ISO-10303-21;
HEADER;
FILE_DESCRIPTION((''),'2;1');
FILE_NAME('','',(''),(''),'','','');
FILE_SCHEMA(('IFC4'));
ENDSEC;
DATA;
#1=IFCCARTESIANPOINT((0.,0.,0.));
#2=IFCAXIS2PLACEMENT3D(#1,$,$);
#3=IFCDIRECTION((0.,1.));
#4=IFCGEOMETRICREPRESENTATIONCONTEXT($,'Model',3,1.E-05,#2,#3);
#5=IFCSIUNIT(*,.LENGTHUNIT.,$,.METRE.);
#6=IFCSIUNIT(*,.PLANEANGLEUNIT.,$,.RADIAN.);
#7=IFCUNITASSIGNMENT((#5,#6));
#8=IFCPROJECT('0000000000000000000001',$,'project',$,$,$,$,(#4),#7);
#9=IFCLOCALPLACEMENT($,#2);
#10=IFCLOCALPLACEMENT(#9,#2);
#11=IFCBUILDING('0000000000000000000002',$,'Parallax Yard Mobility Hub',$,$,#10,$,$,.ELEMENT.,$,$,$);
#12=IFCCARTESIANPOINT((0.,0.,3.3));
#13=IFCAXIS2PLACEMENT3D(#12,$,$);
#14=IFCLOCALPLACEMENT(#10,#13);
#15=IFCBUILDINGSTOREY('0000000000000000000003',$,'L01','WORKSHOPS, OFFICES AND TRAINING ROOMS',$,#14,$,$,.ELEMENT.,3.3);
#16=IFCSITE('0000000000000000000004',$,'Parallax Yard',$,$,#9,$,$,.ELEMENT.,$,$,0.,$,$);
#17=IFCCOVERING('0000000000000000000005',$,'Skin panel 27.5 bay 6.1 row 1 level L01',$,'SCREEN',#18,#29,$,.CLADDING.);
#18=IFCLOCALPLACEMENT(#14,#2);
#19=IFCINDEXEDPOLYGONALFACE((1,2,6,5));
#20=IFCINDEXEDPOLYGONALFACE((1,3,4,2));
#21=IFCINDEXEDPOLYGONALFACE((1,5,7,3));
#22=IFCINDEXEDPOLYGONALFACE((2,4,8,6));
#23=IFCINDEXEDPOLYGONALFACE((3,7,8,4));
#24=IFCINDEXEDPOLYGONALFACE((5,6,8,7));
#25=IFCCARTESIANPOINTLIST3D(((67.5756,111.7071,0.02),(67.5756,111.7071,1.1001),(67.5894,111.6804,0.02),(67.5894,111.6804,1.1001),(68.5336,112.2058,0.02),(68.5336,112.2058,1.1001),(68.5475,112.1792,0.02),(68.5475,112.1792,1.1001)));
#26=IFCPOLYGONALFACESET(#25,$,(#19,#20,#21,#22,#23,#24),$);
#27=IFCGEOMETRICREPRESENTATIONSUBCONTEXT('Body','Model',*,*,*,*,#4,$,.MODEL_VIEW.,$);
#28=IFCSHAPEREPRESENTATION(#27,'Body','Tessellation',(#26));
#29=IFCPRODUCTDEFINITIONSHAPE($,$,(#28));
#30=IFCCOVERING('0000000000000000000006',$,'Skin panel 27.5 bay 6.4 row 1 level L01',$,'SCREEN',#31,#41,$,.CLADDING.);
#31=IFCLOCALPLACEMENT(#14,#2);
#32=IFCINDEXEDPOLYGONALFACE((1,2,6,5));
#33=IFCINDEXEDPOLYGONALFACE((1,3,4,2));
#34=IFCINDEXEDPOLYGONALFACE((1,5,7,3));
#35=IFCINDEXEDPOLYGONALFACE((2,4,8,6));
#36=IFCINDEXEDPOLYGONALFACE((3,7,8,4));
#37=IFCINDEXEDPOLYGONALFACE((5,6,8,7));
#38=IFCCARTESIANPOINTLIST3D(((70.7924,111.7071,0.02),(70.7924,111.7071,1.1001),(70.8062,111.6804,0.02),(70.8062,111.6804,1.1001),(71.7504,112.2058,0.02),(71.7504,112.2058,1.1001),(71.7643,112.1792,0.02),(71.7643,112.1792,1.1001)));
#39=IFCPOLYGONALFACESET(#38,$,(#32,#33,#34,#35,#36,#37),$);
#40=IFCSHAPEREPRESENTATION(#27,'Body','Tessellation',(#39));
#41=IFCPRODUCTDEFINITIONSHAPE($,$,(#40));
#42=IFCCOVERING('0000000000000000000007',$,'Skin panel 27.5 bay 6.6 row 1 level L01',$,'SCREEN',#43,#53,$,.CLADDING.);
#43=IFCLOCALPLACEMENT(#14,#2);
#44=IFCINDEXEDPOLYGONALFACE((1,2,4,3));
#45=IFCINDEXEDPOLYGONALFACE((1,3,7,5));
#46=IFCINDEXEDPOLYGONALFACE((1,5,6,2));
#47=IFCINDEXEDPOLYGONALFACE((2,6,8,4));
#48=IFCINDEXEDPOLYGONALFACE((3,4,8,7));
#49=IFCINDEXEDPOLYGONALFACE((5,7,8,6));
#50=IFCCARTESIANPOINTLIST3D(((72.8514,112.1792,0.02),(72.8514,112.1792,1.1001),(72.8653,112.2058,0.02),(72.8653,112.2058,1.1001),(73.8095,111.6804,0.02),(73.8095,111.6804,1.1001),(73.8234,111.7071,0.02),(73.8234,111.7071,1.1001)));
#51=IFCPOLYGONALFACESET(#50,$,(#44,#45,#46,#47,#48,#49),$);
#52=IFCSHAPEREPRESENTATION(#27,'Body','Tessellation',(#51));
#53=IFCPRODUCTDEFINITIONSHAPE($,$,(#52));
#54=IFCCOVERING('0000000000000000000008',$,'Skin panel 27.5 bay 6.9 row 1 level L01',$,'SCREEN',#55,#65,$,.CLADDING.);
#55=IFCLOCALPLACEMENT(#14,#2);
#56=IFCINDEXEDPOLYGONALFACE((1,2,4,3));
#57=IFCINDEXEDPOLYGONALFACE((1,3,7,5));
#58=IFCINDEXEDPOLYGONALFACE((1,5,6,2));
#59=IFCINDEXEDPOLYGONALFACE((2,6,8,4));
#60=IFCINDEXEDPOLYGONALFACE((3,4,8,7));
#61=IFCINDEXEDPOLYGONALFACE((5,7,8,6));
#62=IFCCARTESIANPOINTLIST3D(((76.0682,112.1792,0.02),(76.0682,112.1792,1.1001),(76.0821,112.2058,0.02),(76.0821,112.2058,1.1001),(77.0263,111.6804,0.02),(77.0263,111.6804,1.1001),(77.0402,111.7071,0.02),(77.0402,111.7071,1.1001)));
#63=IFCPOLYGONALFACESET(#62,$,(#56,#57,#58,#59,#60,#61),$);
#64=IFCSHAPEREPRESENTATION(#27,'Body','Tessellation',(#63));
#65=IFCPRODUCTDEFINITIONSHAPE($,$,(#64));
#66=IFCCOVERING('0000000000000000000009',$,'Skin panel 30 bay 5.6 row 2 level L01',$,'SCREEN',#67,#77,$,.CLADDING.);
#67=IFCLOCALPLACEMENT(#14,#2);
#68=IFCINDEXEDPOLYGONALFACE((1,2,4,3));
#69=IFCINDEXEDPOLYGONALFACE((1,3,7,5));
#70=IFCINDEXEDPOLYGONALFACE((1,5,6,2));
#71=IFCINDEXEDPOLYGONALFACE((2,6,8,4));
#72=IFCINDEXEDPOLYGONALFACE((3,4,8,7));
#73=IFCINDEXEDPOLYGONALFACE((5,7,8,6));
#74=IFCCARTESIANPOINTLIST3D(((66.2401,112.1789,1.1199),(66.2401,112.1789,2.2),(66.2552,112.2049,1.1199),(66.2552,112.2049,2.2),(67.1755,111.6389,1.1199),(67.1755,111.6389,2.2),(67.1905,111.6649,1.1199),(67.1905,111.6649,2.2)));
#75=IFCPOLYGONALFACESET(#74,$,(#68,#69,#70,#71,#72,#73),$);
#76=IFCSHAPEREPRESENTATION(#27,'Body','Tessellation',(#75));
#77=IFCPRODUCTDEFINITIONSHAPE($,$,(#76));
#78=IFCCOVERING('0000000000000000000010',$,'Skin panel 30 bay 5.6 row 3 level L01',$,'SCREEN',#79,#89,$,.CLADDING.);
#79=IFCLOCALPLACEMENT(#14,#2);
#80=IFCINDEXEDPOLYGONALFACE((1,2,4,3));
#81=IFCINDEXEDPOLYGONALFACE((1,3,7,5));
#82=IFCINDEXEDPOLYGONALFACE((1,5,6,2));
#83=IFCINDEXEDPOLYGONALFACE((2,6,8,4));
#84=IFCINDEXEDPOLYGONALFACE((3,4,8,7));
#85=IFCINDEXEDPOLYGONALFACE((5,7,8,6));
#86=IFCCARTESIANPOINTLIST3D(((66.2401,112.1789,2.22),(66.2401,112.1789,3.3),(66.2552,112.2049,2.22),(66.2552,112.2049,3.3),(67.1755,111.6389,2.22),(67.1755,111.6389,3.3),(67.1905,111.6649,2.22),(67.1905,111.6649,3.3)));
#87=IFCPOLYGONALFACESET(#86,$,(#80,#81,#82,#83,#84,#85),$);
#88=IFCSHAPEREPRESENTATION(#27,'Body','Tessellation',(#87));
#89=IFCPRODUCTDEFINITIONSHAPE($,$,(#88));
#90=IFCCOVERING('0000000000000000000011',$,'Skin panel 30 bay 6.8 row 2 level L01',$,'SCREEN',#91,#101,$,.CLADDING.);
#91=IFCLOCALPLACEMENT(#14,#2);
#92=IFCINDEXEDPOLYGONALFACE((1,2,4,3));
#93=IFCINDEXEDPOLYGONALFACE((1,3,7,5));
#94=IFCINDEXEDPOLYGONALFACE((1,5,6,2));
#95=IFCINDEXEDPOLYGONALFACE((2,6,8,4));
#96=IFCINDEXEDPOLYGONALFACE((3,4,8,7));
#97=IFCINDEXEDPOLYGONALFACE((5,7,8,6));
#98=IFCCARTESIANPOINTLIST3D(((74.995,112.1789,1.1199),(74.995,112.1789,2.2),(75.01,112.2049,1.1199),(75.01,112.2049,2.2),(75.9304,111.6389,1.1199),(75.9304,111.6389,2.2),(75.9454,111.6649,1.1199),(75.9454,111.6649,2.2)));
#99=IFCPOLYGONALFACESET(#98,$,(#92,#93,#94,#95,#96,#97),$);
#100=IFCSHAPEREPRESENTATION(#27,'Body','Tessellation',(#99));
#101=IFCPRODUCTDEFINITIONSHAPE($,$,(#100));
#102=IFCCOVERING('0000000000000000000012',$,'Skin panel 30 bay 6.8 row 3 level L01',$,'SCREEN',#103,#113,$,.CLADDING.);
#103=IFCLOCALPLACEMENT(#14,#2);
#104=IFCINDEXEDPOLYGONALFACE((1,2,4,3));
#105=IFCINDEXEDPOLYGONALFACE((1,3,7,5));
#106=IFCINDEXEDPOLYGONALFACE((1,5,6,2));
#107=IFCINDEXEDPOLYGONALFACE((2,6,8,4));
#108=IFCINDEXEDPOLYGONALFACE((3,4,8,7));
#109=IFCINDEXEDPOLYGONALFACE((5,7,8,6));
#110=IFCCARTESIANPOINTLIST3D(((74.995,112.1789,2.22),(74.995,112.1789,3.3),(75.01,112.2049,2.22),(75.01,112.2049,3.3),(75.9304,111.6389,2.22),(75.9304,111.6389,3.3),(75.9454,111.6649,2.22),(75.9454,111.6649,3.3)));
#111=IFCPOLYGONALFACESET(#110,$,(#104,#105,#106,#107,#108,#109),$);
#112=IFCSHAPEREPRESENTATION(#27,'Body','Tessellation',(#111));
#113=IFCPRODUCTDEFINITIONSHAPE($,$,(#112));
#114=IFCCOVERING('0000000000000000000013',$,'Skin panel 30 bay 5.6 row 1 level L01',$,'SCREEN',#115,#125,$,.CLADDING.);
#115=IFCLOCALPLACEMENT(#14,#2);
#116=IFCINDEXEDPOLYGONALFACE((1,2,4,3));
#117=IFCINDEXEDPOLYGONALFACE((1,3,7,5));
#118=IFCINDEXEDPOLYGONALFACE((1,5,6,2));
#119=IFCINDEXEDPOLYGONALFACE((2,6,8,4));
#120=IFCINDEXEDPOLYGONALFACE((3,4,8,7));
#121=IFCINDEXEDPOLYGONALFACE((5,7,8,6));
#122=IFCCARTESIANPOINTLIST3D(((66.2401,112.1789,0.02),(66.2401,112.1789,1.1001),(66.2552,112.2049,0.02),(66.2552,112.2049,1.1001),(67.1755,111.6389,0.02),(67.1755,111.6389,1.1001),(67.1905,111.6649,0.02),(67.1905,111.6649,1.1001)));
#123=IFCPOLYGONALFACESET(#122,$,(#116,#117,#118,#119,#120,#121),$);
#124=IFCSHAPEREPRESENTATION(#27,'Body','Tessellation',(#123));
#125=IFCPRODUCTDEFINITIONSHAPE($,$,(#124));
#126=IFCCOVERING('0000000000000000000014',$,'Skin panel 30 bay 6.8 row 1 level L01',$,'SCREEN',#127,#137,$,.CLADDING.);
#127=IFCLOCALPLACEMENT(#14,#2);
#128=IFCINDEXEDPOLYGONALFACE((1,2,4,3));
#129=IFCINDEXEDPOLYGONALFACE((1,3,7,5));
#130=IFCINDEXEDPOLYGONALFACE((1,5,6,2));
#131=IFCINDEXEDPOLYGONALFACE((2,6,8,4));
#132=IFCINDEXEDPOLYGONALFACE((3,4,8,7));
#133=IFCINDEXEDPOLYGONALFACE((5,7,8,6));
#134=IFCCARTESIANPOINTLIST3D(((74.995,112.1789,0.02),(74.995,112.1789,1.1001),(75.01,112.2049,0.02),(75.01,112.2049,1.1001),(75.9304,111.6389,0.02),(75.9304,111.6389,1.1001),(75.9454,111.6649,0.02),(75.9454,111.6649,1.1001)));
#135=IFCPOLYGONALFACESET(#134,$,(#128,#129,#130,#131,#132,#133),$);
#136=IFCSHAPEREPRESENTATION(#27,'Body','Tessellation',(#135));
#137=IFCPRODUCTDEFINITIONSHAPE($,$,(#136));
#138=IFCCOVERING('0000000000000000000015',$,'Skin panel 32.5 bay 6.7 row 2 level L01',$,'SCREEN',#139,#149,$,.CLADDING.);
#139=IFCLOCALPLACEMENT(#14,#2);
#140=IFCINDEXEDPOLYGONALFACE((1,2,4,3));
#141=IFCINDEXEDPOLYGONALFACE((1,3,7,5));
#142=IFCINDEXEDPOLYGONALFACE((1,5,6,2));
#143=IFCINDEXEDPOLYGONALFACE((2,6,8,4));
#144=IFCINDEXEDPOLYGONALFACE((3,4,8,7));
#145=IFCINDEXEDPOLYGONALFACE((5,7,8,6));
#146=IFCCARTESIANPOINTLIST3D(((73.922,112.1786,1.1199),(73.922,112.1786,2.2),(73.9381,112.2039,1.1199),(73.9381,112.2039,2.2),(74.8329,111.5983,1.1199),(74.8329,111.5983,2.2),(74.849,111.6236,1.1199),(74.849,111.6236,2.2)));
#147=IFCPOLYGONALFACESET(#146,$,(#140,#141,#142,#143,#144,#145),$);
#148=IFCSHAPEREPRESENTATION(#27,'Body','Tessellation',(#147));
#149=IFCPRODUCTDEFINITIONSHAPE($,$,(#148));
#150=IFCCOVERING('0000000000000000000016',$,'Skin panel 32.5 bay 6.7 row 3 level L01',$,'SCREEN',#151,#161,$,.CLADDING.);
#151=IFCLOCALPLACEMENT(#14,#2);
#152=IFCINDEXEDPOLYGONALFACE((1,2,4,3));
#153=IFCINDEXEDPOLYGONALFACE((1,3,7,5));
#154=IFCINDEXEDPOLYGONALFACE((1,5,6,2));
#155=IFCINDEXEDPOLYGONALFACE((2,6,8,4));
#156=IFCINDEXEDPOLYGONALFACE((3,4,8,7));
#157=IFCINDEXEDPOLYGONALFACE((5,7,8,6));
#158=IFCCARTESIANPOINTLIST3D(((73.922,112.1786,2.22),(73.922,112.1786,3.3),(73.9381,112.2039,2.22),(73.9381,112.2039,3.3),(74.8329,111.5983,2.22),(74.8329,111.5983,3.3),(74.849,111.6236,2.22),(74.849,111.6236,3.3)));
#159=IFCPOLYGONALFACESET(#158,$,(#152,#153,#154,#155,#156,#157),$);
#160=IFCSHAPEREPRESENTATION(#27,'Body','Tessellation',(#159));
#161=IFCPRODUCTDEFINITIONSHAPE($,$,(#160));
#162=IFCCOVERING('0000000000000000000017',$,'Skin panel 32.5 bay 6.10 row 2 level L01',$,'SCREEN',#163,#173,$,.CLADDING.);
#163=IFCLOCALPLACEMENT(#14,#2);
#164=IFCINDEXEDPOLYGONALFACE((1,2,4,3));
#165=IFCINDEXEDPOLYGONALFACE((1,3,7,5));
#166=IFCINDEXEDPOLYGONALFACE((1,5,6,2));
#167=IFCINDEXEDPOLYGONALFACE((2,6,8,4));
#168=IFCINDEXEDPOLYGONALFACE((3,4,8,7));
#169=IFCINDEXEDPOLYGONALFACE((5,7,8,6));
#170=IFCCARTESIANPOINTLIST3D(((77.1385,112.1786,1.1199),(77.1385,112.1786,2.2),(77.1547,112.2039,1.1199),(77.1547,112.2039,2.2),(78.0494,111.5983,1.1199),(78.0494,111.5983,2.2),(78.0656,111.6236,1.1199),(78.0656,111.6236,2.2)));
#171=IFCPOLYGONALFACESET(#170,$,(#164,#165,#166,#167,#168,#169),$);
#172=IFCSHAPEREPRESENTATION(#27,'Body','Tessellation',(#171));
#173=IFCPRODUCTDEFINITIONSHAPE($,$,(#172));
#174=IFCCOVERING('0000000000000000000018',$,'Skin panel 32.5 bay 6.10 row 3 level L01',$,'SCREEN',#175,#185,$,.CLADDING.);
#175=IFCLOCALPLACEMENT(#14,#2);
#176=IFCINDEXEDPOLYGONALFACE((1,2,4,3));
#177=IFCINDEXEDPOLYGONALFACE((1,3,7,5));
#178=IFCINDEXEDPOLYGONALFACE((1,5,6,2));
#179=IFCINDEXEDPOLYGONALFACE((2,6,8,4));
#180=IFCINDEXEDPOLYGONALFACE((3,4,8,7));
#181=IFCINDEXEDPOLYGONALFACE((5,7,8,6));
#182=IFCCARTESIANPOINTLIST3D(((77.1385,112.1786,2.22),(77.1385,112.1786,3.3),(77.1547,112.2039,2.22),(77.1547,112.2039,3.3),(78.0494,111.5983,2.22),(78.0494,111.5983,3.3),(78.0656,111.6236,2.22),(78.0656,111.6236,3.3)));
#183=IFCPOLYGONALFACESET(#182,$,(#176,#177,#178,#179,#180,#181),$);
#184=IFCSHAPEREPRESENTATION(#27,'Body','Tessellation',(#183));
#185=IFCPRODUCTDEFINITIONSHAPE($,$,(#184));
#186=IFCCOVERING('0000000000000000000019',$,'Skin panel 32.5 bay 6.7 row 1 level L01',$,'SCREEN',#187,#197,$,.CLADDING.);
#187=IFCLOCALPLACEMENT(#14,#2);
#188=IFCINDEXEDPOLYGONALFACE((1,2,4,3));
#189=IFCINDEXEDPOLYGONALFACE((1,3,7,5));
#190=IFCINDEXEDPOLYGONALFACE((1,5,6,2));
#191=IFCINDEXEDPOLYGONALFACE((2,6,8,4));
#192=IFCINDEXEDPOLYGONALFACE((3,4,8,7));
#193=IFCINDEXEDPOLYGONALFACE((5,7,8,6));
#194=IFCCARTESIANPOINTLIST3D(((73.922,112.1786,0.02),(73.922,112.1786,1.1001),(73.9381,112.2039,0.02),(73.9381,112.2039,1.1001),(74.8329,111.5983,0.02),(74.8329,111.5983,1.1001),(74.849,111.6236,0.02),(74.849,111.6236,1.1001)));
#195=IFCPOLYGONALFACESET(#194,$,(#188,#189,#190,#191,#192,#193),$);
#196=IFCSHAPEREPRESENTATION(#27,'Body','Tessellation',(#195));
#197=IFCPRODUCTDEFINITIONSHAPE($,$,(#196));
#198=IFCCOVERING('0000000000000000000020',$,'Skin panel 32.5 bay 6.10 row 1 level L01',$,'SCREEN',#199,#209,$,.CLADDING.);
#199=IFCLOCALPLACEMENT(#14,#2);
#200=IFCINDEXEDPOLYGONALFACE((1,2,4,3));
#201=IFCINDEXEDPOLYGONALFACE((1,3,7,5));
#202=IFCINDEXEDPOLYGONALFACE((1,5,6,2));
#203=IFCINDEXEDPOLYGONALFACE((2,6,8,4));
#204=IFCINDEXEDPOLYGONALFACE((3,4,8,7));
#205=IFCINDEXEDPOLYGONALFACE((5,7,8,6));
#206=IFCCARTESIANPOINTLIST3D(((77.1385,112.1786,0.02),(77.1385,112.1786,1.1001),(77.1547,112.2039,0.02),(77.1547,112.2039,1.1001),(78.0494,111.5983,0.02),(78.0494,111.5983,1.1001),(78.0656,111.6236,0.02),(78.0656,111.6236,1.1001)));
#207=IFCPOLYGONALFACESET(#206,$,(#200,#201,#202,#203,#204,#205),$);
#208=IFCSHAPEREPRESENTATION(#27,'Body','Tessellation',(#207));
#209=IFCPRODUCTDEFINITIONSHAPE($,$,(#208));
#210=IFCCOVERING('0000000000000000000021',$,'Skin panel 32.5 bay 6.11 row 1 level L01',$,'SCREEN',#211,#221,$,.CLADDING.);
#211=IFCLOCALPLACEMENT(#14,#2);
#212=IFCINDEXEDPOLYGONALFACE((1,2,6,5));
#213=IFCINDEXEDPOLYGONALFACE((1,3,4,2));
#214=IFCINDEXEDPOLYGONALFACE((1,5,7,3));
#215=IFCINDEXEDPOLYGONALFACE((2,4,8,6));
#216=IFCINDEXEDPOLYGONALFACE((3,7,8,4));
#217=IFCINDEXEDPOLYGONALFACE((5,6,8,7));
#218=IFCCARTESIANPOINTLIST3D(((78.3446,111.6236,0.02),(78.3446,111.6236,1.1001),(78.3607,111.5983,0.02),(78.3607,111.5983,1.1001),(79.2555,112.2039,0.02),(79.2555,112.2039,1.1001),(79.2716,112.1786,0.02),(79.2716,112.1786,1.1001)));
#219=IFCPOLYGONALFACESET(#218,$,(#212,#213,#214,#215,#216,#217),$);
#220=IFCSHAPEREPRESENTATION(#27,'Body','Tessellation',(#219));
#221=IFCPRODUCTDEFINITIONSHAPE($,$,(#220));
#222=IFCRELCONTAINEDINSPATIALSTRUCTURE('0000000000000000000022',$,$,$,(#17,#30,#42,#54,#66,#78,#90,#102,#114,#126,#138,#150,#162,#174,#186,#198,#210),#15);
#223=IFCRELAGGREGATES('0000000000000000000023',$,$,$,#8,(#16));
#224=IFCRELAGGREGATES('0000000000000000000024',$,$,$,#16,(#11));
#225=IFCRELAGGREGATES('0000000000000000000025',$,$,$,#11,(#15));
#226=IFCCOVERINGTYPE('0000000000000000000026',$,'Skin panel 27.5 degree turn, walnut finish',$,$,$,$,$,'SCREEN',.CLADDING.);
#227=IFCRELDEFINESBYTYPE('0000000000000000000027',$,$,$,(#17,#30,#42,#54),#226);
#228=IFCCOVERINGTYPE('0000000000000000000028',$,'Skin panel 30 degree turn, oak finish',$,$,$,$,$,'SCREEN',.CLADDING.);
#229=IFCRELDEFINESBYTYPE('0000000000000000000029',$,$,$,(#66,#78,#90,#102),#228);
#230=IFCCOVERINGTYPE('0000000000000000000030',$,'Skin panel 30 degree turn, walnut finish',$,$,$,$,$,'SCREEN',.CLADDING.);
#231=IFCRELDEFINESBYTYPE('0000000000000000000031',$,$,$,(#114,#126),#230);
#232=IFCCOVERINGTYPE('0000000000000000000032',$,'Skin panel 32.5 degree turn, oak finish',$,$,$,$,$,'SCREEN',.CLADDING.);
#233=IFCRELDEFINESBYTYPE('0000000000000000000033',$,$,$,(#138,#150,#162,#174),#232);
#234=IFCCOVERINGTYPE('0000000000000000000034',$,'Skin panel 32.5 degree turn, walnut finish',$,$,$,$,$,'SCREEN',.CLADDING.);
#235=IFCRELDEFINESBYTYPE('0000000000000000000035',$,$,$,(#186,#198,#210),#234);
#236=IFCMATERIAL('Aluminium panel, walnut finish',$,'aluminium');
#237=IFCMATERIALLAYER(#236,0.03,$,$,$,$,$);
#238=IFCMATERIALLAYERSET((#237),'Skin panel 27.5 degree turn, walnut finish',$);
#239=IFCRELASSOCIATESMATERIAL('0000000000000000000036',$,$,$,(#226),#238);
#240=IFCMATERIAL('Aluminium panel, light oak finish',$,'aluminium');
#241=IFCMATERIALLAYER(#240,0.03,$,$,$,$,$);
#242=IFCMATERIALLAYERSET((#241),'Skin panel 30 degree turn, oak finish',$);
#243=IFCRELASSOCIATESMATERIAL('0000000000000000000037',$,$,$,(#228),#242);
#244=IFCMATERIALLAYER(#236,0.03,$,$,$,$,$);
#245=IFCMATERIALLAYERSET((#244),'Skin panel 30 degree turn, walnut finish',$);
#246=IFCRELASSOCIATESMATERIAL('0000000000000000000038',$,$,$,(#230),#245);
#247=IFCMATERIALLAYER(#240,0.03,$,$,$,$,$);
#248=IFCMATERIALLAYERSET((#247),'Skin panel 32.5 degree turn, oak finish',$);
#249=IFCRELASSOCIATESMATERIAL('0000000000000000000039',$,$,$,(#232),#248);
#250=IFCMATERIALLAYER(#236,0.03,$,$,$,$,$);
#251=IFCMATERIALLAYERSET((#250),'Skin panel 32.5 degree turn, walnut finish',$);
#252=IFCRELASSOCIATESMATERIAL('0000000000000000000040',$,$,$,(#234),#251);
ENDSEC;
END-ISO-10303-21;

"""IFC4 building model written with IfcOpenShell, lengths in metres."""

from ifc_helpers import new_model, si_unit, direction, frame, origin, origin_2d, place, context, subcontext, project, spatial, rectangle, extrude, material, layer, layer_set, type_object, element, save


model = new_model("IFC4")

# Units and contexts
model_context = context("Model", 3, precision=1e-05, world=origin(), true_north=direction((0.0, 1.0)))
body_context = subcontext(model_context, "Body", "Model", "MODEL_VIEW")
ifc_project = project(units=[si_unit("LENGTHUNIT", "METRE"), si_unit("PLANEANGLEUNIT", "RADIAN")], contexts=[model_context])

# Site, building, storey
site_placement = place(None, origin())
site = spatial("IfcSite", under=ifc_project, at=site_placement, Name="Parallax Yard", CompositionType="ELEMENT", RefElevation=0.0)
building_placement = place(site_placement, origin())
building = spatial("IfcBuilding", under=site, at=building_placement, Name="Parallax Yard Mobility Hub", CompositionType="ELEMENT")
storey_placement = place(building_placement, frame((0.0, 0.0, 3.3)))
storey = spatial("IfcBuildingStorey", under=building, at=storey_placement, Name="L01", Description="WORKSHOPS, OFFICES AND TRAINING ROOMS", CompositionType="ELEMENT", Elevation=3.3)

# Coverings
ifc_material_1 = material(Name="Aluminium panel, light oak finish", Category="aluminium")
ifc_material_2 = material(Name="Aluminium panel, walnut finish", Category="aluminium")
ifc_layer_1 = layer(ifc_material_2, 0.03)
ifc_layer_set_1 = layer_set([ifc_layer_1], Name="Skin panel 27.5 degree turn, walnut finish")
covering_type_1 = type_object("IfcCoveringType", Name="Skin panel 27.5 degree turn, walnut finish", ElementType="SCREEN", PredefinedType="CLADDING", material=ifc_layer_set_1)
for number, where, z_axis, x_axis, name in (
    (1, (68.0615, 111.9431, 0.02), (0.0, 0.0, 1.0), (-0.887011, -0.461749, 0.0), "Skin panel 27.5 bay 6.1 row 1 level L01"),
    (2, (71.2783, 111.9431, 0.02), (0.0, 0.0, 1.0), (-0.887011, -0.461749, 0.0), "Skin panel 27.5 bay 6.4 row 1 level L01"),
    (3, (73.3374, 111.9431, 0.02), (0.0, 0.0, 1.0), (0.887011, -0.461749, 0.0), "Skin panel 27.5 bay 6.6 row 1 level L01"),
    (4, (76.5542, 111.9431, 0.02), (0.0, 0.0, 1.0), (0.887011, -0.461749, 0.0), "Skin panel 27.5 bay 6.9 row 1 level L01"),
):
    element("IfcCovering", number, at=place(storey_placement, frame(where, z_axis=z_axis, x_axis=x_axis)), inside=storey, type_object=covering_type_1, Name=name, ObjectType="SCREEN", PredefinedType="CLADDING", context=body_context, shape_type="SweptSolid", body=[
        extrude(rectangle(XDim=1.0801, YDim=0.03, at=origin_2d()), origin(), (0.0, 0.0, 1.0), 1.0801),
    ])
ifc_layer_2 = layer(ifc_material_1, 0.03)
ifc_layer_set_2 = layer_set([ifc_layer_2], Name="Skin panel 30 degree turn, oak finish")
covering_type_2 = type_object("IfcCoveringType", Name="Skin panel 30 degree turn, oak finish", ElementType="SCREEN", PredefinedType="CLADDING", material=ifc_layer_set_2)
for number, where, z_axis, x_axis, name in (
    (5, (66.7153, 111.9219, 1.1199), (0.0, 0.0, 1.0), (0.866025, -0.5, 0.0), "Skin panel 30 bay 5.6 row 2 level L01"),
    (6, (66.7153, 111.9219, 2.22), (0.0, 0.0, 1.0), (0.866025, -0.5, 0.0), "Skin panel 30 bay 5.6 row 3 level L01"),
    (7, (75.4702, 111.9219, 1.1199), (0.0, 0.0, 1.0), (0.866025, -0.5, 0.0), "Skin panel 30 bay 6.8 row 2 level L01"),
    (8, (75.4702, 111.9219, 2.22), (0.0, 0.0, 1.0), (0.866025, -0.5, 0.0), "Skin panel 30 bay 6.8 row 3 level L01"),
):
    element("IfcCovering", number, at=place(storey_placement, frame(where, z_axis=z_axis, x_axis=x_axis)), inside=storey, type_object=covering_type_2, Name=name, ObjectType="SCREEN", PredefinedType="CLADDING", context=body_context, shape_type="SweptSolid", body=[
        extrude(rectangle(XDim=1.0801, YDim=0.03, at=origin_2d()), origin(), (0.0, 0.0, 1.0), 1.0801),
    ])
ifc_layer_3 = layer(ifc_material_2, 0.03)
ifc_layer_set_3 = layer_set([ifc_layer_3], Name="Skin panel 30 degree turn, walnut finish")
covering_type_3 = type_object("IfcCoveringType", Name="Skin panel 30 degree turn, walnut finish", ElementType="SCREEN", PredefinedType="CLADDING", material=ifc_layer_set_3)
for number, where, z_axis, x_axis, name in (
    (9, (66.7153, 111.9219, 0.02), (0.0, 0.0, 1.0), (0.866025, -0.5, 0.0), "Skin panel 30 bay 5.6 row 1 level L01"),
    (10, (75.4702, 111.9219, 0.02), (0.0, 0.0, 1.0), (0.866025, -0.5, 0.0), "Skin panel 30 bay 6.8 row 1 level L01"),
):
    element("IfcCovering", number, at=place(storey_placement, frame(where, z_axis=z_axis, x_axis=x_axis)), inside=storey, type_object=covering_type_3, Name=name, ObjectType="SCREEN", PredefinedType="CLADDING", context=body_context, shape_type="SweptSolid", body=[
        extrude(rectangle(XDim=1.0801, YDim=0.03, at=origin_2d()), origin(), (0.0, 0.0, 1.0), 1.0801),
    ])
ifc_layer_4 = layer(ifc_material_1, 0.03)
ifc_layer_set_4 = layer_set([ifc_layer_4], Name="Skin panel 32.5 degree turn, oak finish")
covering_type_4 = type_object("IfcCoveringType", Name="Skin panel 32.5 degree turn, oak finish", ElementType="SCREEN", PredefinedType="CLADDING", material=ifc_layer_set_4)
for number, where, z_axis, x_axis, name in (
    (11, (74.3855, 111.9011, 1.1199), (0.0, 0.0, 1.0), (0.843391, -0.5373, 0.0), "Skin panel 32.5 bay 6.7 row 2 level L01"),
    (12, (74.3855, 111.9011, 2.22), (0.0, 0.0, 1.0), (0.843391, -0.5373, 0.0), "Skin panel 32.5 bay 6.7 row 3 level L01"),
    (13, (77.6021, 111.9011, 1.1199), (0.0, 0.0, 1.0), (0.843391, -0.5373, 0.0), "Skin panel 32.5 bay 6.10 row 2 level L01"),
    (14, (77.6021, 111.9011, 2.22), (0.0, 0.0, 1.0), (0.843391, -0.5373, 0.0), "Skin panel 32.5 bay 6.10 row 3 level L01"),
):
    element("IfcCovering", number, at=place(storey_placement, frame(where, z_axis=z_axis, x_axis=x_axis)), inside=storey, type_object=covering_type_4, Name=name, ObjectType="SCREEN", PredefinedType="CLADDING", context=body_context, shape_type="SweptSolid", body=[
        extrude(rectangle(XDim=1.0801, YDim=0.03, at=origin_2d()), origin(), (0.0, 0.0, 1.0), 1.0801),
    ])
ifc_layer_5 = layer(ifc_material_2, 0.03)
ifc_layer_set_5 = layer_set([ifc_layer_5], Name="Skin panel 32.5 degree turn, walnut finish")
covering_type_5 = type_object("IfcCoveringType", Name="Skin panel 32.5 degree turn, walnut finish", ElementType="SCREEN", PredefinedType="CLADDING", material=ifc_layer_set_5)
for number, where, z_axis, x_axis, name in (
    (15, (74.3855, 111.9011, 0.02), (0.0, 0.0, 1.0), (0.843391, -0.5373, 0.0), "Skin panel 32.5 bay 6.7 row 1 level L01"),
    (16, (77.6021, 111.9011, 0.02), (0.0, 0.0, 1.0), (0.843391, -0.5373, 0.0), "Skin panel 32.5 bay 6.10 row 1 level L01"),
    (17, (78.8081, 111.9011, 0.02), (0.0, 0.0, 1.0), (-0.843391, -0.5373, 0.0), "Skin panel 32.5 bay 6.11 row 1 level L01"),
):
    element("IfcCovering", number, at=place(storey_placement, frame(where, z_axis=z_axis, x_axis=x_axis)), inside=storey, type_object=covering_type_5, Name=name, ObjectType="SCREEN", PredefinedType="CLADDING", context=body_context, shape_type="SweptSolid", body=[
        extrude(rectangle(XDim=1.0801, YDim=0.03, at=origin_2d()), origin(), (0.0, 0.0, 1.0), 1.0801),
    ])

save(model, "model.ifc")
